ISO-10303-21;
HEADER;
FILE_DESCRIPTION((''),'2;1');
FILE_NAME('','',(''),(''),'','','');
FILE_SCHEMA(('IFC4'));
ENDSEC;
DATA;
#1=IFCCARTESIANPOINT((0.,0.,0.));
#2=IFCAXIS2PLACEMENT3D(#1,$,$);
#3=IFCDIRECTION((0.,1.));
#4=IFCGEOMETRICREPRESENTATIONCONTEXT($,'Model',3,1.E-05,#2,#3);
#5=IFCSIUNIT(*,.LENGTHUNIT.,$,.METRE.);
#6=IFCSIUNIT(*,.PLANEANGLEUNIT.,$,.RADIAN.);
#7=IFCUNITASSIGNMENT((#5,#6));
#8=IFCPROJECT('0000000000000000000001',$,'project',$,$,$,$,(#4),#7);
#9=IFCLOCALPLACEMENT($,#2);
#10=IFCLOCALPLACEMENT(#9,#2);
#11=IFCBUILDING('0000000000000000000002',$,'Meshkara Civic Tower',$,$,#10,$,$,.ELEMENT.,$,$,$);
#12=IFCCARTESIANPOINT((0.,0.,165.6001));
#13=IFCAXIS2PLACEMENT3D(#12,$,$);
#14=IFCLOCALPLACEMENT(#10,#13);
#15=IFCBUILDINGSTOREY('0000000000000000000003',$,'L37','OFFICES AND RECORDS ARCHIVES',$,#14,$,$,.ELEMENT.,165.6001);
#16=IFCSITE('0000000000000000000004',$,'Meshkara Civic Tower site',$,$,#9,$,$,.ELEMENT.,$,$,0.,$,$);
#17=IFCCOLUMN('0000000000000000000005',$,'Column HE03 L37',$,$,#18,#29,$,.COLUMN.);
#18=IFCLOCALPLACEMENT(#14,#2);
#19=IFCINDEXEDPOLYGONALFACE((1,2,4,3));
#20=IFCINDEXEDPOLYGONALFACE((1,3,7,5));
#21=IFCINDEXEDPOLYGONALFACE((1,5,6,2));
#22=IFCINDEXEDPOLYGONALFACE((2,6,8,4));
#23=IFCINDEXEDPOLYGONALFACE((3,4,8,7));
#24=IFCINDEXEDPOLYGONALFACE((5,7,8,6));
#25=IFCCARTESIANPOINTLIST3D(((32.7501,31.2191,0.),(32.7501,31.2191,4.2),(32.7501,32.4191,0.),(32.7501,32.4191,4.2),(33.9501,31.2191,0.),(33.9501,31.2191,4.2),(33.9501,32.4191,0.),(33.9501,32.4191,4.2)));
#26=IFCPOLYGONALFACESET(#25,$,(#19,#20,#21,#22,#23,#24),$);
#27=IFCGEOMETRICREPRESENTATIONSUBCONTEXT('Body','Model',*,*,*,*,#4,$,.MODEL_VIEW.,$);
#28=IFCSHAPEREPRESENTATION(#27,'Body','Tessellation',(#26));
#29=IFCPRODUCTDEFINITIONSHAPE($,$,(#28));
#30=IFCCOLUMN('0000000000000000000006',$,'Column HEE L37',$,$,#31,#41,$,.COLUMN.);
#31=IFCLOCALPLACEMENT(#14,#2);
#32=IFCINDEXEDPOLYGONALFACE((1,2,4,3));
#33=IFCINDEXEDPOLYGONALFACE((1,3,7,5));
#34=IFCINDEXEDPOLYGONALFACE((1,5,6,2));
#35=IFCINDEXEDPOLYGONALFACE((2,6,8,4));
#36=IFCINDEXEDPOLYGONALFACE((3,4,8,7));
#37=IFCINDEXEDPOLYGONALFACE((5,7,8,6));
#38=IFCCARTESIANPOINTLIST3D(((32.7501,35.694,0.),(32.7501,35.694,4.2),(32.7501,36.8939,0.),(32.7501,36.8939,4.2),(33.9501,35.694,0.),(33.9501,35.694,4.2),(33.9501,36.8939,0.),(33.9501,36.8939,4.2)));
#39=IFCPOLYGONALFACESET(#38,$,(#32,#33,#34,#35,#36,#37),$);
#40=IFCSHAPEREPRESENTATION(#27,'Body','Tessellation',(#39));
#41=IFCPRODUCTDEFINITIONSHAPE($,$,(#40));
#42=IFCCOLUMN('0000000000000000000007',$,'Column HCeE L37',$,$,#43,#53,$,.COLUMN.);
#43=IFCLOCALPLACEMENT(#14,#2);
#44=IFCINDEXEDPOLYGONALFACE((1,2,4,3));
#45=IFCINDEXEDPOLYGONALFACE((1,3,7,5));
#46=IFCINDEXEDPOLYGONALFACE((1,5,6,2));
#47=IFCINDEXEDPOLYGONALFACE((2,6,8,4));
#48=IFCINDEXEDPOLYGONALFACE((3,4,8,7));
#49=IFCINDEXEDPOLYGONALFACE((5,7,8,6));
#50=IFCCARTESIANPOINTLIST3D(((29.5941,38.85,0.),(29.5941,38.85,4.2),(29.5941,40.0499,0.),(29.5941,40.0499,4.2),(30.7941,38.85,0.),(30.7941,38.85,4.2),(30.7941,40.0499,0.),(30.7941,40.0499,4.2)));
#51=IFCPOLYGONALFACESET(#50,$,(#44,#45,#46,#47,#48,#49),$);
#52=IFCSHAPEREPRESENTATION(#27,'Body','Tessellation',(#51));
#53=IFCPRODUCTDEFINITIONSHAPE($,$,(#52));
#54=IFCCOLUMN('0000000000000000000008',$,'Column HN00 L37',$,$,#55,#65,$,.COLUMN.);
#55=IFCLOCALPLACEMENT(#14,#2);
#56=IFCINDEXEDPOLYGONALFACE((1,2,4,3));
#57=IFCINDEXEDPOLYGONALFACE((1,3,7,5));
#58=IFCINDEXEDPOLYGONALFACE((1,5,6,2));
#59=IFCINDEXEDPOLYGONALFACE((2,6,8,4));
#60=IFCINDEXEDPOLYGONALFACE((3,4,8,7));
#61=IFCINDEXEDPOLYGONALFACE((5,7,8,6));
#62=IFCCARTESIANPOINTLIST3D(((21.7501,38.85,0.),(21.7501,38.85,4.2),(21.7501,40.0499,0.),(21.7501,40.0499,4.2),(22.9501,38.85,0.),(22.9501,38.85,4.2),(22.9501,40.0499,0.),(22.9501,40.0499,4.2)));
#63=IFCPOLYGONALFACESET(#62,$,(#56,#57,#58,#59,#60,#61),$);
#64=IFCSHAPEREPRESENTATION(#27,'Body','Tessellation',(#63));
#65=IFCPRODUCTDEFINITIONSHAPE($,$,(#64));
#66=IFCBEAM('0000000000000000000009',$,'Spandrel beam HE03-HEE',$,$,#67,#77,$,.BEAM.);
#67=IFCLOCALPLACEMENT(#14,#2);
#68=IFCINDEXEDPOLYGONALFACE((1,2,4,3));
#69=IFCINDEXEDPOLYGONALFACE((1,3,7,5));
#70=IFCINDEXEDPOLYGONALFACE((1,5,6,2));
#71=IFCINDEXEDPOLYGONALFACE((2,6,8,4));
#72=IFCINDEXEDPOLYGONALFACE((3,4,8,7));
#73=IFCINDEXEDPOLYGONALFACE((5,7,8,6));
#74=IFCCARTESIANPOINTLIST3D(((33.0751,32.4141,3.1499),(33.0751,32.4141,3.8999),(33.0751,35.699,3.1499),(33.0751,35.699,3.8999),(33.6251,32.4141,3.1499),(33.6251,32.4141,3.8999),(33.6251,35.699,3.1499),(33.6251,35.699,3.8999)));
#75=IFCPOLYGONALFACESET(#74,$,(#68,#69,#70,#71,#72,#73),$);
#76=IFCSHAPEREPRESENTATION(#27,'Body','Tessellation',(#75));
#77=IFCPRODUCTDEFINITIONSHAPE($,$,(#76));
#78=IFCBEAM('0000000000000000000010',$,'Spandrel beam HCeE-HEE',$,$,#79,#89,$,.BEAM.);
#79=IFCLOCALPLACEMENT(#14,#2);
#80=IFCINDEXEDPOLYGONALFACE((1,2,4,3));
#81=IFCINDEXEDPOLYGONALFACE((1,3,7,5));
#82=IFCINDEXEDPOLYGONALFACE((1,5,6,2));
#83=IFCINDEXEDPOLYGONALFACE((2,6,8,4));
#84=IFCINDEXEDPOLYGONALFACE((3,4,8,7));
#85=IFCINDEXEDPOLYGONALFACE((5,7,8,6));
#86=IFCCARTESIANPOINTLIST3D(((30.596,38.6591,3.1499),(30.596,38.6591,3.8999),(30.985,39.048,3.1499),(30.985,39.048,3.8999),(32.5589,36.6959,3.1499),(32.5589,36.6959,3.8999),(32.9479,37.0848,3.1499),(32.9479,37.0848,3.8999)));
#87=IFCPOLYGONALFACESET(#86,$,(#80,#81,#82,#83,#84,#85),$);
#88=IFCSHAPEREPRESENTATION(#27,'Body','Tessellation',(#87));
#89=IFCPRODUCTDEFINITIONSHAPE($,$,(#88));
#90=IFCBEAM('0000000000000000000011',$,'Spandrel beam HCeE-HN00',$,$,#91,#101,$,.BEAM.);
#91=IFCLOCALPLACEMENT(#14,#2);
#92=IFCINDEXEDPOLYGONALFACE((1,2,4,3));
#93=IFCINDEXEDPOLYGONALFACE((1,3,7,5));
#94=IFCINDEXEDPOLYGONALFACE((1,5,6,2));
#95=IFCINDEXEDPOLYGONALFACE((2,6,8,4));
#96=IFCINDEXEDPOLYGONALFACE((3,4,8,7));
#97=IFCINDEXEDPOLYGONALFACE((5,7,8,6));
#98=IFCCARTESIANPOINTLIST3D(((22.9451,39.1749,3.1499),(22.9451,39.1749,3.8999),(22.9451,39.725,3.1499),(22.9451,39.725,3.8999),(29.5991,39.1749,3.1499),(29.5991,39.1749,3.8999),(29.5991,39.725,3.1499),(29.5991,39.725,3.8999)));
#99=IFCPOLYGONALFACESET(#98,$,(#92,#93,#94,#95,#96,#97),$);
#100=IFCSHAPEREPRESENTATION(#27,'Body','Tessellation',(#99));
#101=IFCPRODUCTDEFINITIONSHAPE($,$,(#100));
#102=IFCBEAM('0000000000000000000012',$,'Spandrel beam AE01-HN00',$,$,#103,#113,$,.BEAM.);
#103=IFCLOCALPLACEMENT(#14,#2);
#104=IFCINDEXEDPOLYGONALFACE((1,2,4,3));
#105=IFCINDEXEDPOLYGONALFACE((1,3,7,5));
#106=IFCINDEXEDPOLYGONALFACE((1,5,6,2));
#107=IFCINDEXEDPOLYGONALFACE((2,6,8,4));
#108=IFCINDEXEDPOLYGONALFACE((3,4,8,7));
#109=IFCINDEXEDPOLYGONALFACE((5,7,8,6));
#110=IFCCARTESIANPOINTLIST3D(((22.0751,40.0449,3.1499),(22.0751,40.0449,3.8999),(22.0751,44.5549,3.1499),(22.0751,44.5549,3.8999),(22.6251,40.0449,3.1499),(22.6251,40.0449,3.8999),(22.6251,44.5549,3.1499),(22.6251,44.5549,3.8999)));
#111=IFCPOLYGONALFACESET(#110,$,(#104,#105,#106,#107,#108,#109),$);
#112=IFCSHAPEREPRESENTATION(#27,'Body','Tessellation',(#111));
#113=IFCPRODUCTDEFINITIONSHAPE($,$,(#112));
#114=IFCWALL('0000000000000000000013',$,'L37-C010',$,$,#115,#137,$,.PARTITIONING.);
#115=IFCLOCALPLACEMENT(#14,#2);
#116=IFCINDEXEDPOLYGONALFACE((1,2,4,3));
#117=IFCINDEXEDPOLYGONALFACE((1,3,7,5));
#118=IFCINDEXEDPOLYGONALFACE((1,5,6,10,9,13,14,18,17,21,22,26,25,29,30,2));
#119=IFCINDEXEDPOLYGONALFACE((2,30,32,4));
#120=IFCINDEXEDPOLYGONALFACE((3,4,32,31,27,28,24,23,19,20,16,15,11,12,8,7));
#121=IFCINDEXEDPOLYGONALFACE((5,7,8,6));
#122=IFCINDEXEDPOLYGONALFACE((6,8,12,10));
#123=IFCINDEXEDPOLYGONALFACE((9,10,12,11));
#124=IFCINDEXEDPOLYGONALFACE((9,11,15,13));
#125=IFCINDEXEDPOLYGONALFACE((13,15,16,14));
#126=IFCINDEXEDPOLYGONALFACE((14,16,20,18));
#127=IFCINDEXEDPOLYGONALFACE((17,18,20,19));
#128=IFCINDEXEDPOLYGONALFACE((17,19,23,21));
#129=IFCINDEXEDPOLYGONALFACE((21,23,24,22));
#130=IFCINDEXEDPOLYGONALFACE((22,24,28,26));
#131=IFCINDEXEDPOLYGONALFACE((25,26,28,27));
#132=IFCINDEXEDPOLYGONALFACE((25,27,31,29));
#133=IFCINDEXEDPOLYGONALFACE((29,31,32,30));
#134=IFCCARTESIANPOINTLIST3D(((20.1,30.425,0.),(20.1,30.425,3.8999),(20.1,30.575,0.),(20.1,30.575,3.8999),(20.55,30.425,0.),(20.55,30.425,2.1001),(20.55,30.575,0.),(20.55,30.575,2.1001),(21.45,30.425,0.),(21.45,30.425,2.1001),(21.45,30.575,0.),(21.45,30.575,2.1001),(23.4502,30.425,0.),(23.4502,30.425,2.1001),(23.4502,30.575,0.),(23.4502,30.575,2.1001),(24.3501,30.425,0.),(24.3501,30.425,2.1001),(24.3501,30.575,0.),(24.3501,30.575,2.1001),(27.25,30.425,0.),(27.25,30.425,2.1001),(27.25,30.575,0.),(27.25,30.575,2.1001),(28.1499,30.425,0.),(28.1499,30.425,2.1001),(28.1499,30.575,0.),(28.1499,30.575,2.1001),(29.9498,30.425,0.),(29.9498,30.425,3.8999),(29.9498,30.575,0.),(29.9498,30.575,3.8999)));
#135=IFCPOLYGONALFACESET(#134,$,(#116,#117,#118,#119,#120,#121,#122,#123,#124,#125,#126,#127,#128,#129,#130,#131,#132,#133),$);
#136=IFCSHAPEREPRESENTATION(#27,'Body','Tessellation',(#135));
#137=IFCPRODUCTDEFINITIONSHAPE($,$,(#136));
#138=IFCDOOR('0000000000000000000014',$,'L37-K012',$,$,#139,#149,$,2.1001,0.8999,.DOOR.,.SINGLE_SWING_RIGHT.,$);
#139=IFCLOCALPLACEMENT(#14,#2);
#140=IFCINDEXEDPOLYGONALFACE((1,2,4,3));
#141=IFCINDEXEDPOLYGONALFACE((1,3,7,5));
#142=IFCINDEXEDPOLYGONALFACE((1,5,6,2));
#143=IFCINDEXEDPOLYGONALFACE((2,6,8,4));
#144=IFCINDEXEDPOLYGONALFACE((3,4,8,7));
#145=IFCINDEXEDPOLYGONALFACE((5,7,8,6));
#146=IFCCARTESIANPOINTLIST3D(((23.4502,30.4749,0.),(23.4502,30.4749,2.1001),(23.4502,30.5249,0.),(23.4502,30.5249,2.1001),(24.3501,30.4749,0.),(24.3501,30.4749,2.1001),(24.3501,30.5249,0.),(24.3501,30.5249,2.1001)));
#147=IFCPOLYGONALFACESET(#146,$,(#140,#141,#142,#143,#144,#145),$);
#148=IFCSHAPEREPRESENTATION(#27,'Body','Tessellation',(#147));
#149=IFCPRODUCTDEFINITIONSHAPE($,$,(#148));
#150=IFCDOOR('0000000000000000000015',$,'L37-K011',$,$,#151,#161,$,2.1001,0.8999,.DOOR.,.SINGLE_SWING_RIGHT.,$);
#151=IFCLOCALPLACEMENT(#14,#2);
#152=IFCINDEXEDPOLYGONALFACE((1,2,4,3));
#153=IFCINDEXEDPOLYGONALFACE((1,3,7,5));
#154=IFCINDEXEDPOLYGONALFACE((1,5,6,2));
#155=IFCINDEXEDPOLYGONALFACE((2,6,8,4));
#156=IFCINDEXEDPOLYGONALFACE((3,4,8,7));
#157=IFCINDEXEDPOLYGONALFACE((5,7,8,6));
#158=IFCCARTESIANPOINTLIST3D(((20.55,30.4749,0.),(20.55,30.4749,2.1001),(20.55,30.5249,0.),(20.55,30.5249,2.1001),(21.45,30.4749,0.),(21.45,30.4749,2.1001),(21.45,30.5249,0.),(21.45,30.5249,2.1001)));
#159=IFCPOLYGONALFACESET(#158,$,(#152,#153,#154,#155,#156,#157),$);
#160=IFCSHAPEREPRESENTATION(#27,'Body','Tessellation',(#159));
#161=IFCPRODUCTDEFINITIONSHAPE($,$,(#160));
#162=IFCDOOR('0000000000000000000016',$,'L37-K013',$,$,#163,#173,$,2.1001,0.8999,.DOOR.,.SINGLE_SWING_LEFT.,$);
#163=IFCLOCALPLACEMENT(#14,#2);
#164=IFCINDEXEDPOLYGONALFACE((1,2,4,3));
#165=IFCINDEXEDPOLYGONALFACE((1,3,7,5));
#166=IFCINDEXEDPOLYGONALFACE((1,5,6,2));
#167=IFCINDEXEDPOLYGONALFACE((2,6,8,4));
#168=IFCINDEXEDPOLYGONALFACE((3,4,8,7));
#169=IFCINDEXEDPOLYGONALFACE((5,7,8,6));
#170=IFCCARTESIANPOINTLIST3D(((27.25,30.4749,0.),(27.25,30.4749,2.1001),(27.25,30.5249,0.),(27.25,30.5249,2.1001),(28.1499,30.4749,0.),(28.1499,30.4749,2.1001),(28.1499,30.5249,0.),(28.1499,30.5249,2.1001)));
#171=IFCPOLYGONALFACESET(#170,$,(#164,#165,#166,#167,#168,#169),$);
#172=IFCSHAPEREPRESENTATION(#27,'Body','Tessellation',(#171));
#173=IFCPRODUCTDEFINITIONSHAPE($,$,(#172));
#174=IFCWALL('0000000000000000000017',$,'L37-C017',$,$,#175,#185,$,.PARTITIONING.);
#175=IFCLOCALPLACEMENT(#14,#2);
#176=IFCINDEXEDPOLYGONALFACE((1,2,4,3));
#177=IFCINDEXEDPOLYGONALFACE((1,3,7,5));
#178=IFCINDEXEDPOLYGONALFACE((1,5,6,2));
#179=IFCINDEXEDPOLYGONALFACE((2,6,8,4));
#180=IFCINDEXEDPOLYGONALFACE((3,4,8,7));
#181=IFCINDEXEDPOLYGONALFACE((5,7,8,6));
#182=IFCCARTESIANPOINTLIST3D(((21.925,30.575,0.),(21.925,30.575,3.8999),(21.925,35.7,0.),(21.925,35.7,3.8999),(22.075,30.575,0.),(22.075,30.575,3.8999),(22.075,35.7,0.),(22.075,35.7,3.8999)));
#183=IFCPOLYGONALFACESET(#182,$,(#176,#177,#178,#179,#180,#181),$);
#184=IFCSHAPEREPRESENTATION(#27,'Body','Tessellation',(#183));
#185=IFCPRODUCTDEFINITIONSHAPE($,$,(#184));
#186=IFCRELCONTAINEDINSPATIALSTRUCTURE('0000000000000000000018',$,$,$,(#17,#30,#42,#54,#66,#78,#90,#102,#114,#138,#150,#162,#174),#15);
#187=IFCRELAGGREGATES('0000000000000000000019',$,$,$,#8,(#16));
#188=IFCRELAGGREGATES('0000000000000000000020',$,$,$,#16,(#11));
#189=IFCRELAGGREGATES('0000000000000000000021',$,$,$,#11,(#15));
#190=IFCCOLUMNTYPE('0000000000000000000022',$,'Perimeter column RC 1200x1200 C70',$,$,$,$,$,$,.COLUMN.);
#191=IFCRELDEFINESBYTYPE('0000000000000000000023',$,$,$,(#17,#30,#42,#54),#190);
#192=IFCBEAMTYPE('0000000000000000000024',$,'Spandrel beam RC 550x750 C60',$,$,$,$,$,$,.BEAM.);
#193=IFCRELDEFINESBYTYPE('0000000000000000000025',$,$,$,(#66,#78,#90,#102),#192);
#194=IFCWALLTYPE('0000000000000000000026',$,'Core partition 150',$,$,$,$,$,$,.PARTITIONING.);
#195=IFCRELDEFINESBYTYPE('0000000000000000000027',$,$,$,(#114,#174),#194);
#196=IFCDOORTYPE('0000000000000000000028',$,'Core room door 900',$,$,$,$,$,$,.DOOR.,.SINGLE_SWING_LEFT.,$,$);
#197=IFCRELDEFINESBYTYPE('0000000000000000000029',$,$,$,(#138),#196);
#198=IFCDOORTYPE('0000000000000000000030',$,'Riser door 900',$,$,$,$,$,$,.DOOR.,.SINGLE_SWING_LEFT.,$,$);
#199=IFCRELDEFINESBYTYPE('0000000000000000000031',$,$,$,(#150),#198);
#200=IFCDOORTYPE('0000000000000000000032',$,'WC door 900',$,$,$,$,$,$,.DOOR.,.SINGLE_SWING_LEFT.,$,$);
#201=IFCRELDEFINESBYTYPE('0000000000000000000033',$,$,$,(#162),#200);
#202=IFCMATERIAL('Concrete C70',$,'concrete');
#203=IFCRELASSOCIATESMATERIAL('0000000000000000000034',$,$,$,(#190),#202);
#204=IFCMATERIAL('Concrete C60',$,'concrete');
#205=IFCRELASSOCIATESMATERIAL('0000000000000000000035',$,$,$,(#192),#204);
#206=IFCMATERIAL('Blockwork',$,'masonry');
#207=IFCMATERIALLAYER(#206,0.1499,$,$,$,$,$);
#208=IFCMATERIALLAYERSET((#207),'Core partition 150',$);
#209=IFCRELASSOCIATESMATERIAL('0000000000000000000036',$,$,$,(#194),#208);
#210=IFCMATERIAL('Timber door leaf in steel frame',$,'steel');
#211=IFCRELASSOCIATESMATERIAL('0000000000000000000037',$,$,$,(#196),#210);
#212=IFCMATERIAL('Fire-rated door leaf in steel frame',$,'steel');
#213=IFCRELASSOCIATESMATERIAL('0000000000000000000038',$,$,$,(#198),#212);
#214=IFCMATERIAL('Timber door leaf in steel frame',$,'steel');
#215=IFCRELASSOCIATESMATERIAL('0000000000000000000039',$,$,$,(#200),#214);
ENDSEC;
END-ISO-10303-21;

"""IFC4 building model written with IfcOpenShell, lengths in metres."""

from ifc_helpers import new_model, si_unit, direction, frame, frame_2d, origin, origin_2d, place, context, subcontext, project, spatial, rectangle, extrude, material, layer, layer_set, material_profile, profile_set, type_object, element, fill, save


model = new_model("IFC4")

# Units and contexts
model_context = context("Model", 3, precision=1e-05, world=origin(), true_north=direction((0.0, 1.0)))
body_context = subcontext(model_context, "Body", "Model", "MODEL_VIEW")
ifc_project = project(units=[si_unit("LENGTHUNIT", "METRE"), si_unit("PLANEANGLEUNIT", "RADIAN")], contexts=[model_context])

# Site, building, storey
site_placement = place(None, origin())
site = spatial("IfcSite", under=ifc_project, at=site_placement, Name="Meshkara Civic Tower site", CompositionType="ELEMENT", RefElevation=0.0)
building_placement = place(site_placement, origin())
building = spatial("IfcBuilding", under=site, at=building_placement, Name="Meshkara Civic Tower", CompositionType="ELEMENT")
storey_placement = place(building_placement, frame((0.0, 0.0, 165.6001)))
storey = spatial("IfcBuildingStorey", under=building, at=storey_placement, Name="L37", Description="OFFICES AND RECORDS ARCHIVES", CompositionType="ELEMENT", Elevation=165.6001)

# Columns
ifc_material_1 = material(Name="Concrete C70", Category="concrete")
ifc_material_profile_1 = material_profile(ifc_material_1, rectangle(XDim=1.2, YDim=1.2, at=origin_2d()))
ifc_profile_set_1 = profile_set([ifc_material_profile_1], Name="Concrete C70")
column_type = type_object("IfcColumnType", Name="Perimeter column RC 1200x1200 C70", PredefinedType="COLUMN", material=ifc_profile_set_1)
for number, where, z_axis, x_axis, name in (
    (1, (33.3501, 31.8191, 0.0), (0.0, 0.0, 1.0), (1.0, 0.0, 0.0), "Column HE03 L37"),
    (2, (33.3501, 36.2939, 0.0), (0.0, 0.0, 1.0), (1.0, 0.0, 0.0), "Column HEE L37"),
    (3, (30.1941, 39.45, 0.0), (0.0, 0.0, 1.0), (1.0, 0.0, 0.0), "Column HCeE L37"),
    (4, (22.3501, 39.45, 0.0), (0.0, 0.0, 1.0), (1.0, 0.0, 0.0), "Column HN00 L37"),
):
    element("IfcColumn", number, at=place(storey_placement, frame(where, z_axis=z_axis, x_axis=x_axis)), inside=storey, type_object=column_type, Name=name, PredefinedType="COLUMN", context=body_context, shape_type="SweptSolid", body=[
        extrude(rectangle(XDim=1.2, YDim=1.2, at=origin_2d()), origin(), (0.0, 0.0, 1.0), 4.2),
    ])

# Beams
ifc_material_2 = material(Name="Concrete C60", Category="concrete")
ifc_material_profile_2 = material_profile(ifc_material_2, rectangle(XDim=0.55, YDim=0.75, at=origin_2d()))
ifc_profile_set_2 = profile_set([ifc_material_profile_2], Name="Concrete C60")
beam_type = type_object("IfcBeamType", Name="Spandrel beam RC 550x750 C60", PredefinedType="BEAM", material=ifc_profile_set_2)
beam_1_placement = place(storey_placement, frame((33.3501, 32.4141, 3.5249), z_axis=(0.0, 1.0, 0.0), x_axis=(-1.0, 0.0, 0.0)))
element("IfcBeam", 5, at=beam_1_placement, inside=storey, type_object=beam_type, Name="Spandrel beam HE03-HEE", PredefinedType="BEAM", context=body_context, shape_type="SweptSolid", body=[
    extrude(rectangle(XDim=0.55, YDim=0.75, at=origin_2d()), origin(), (0.0, 0.0, 1.0), 3.2849),
])
beam_2_placement = place(storey_placement, frame((32.7534, 36.8904, 3.5249), z_axis=(-0.707063, 0.707151, 0.0), x_axis=(-0.707151, -0.707063, 0.0)))
element("IfcBeam", 6, at=beam_2_placement, inside=storey, type_object=beam_type, Name="Spandrel beam HCeE-HEE", PredefinedType="BEAM", context=body_context, shape_type="SweptSolid", body=[
    extrude(rectangle(XDim=0.55, YDim=0.75, at=origin_2d()), origin(), (0.0, 0.0, 1.0), 2.7761),
])
beam_3_placement = place(storey_placement, frame((29.5991, 39.45, 3.5249), z_axis=(-1.0, 0.0, 0.0), x_axis=(0.0, -1.0, 0.0)))
element("IfcBeam", 7, at=beam_3_placement, inside=storey, type_object=beam_type, Name="Spandrel beam HCeE-HN00", PredefinedType="BEAM", context=body_context, shape_type="SweptSolid", body=[
    extrude(rectangle(XDim=0.55, YDim=0.75, at=origin_2d()), origin(), (0.0, 0.0, 1.0), 6.6541),
])
beam_4_placement = place(storey_placement, frame((22.3501, 40.0449, 3.5249), z_axis=(0.0, 1.0, 0.0), x_axis=(-1.0, 0.0, 0.0)))
element("IfcBeam", 8, at=beam_4_placement, inside=storey, type_object=beam_type, Name="Spandrel beam AE01-HN00", PredefinedType="BEAM", context=body_context, shape_type="SweptSolid", body=[
    extrude(rectangle(XDim=0.55, YDim=0.75, at=origin_2d()), origin(), (0.0, 0.0, 1.0), 4.51),
])

# Wall, openings, doors
ifc_material_3 = material(Name="Blockwork", Category="masonry")
ifc_layer_1 = layer(ifc_material_3, 0.1499)
ifc_layer_set_1 = layer_set([ifc_layer_1], Name="Core partition 150")
wall_type_1 = type_object("IfcWallType", Name="Core partition 150", PredefinedType="PARTITIONING", material=ifc_layer_set_1)
wall_1_placement = place(storey_placement, frame((20.1001, 30.5, 0.0), z_axis=(0.0, 0.0, 1.0), x_axis=(1.0, 0.0, 0.0)))
wall_1 = element("IfcWall", 9, at=wall_1_placement, inside=storey, type_object=wall_type_1, Name="L37-C010", PredefinedType="PARTITIONING", context=body_context, shape_type="SweptSolid", body=[
    extrude(rectangle(XDim=9.8499, YDim=0.1499, at=frame_2d((4.9248, 0.0))), origin(), (0.0, 0.0, 1.0), 3.8999),
])
opening_1_placement = place(wall_1_placement, frame((0.45, 0.0, 0.0)))
opening_1 = element("IfcOpeningElement", 10, at=opening_1_placement, cuts=wall_1, PredefinedType="OPENING", context=body_context, shape_type="SweptSolid", body=[
    extrude(rectangle(XDim=0.8999, YDim=2.1001, at=frame_2d((0.45, 1.05))), frame((0.0, 0.085, 0.0), z_axis=(0.0, -1.0, 0.0), x_axis=(1.0, 0.0, 0.0)), (0.0, 0.0, 1.0), 0.1699),
])
opening_2_placement = place(wall_1_placement, frame((3.3501, 0.0, 0.0)))
opening_2 = element("IfcOpeningElement", 11, at=opening_2_placement, cuts=wall_1, PredefinedType="OPENING", context=body_context, shape_type="SweptSolid", body=[
    extrude(rectangle(XDim=0.8999, YDim=2.1001, at=frame_2d((0.45, 1.05))), frame((0.0, 0.085, 0.0), z_axis=(0.0, -1.0, 0.0), x_axis=(1.0, 0.0, 0.0)), (0.0, 0.0, 1.0), 0.1699),
])
opening_3_placement = place(wall_1_placement, frame((7.1499, 0.0, 0.0)))
opening_3 = element("IfcOpeningElement", 12, at=opening_3_placement, cuts=wall_1, PredefinedType="OPENING", context=body_context, shape_type="SweptSolid", body=[
    extrude(rectangle(XDim=0.8999, YDim=2.1001, at=frame_2d((0.45, 1.05))), frame((0.0, 0.085, 0.0), z_axis=(0.0, -1.0, 0.0), x_axis=(1.0, 0.0, 0.0)), (0.0, 0.0, 1.0), 0.1699),
])
ifc_material_4 = material(Name="Timber door leaf in steel frame", Category="steel")
door_type_1 = type_object("IfcDoorType", Name="Core room door 900", OperationType="SINGLE_SWING_LEFT", PredefinedType="DOOR", material=ifc_material_4)
door_1_placement = place(opening_2_placement, origin())
door_1 = element("IfcDoor", 13, at=door_1_placement, inside=storey, type_object=door_type_1, Name="L37-K012", OperationType="SINGLE_SWING_RIGHT", OverallHeight=2.1001, OverallWidth=0.8999, PredefinedType="DOOR", context=body_context, shape_type="SweptSolid", body=[
    extrude(rectangle(XDim=0.8999, YDim=2.1001, at=frame_2d((0.45, 1.05))), frame((0.0, 0.0249, 0.0), z_axis=(0.0, -1.0, 0.0), x_axis=(1.0, 0.0, 0.0)), (0.0, 0.0, 1.0), 0.05),
])
fill(opening_2, door_1)
ifc_material_5 = material(Name="Fire-rated door leaf in steel frame", Category="steel")
door_type_2 = type_object("IfcDoorType", Name="Riser door 900", OperationType="SINGLE_SWING_LEFT", PredefinedType="DOOR", material=ifc_material_5)
door_2_placement = place(opening_1_placement, origin())
door_2 = element("IfcDoor", 14, at=door_2_placement, inside=storey, type_object=door_type_2, Name="L37-K011", OperationType="SINGLE_SWING_RIGHT", OverallHeight=2.1001, OverallWidth=0.8999, PredefinedType="DOOR", context=body_context, shape_type="SweptSolid", body=[
    extrude(rectangle(XDim=0.8999, YDim=2.1001, at=frame_2d((0.45, 1.05))), frame((0.0, 0.0249, 0.0), z_axis=(0.0, -1.0, 0.0), x_axis=(1.0, 0.0, 0.0)), (0.0, 0.0, 1.0), 0.05),
])
fill(opening_1, door_2)
ifc_material_6 = material(Name="Timber door leaf in steel frame", Category="steel")
door_type_3 = type_object("IfcDoorType", Name="WC door 900", OperationType="SINGLE_SWING_LEFT", PredefinedType="DOOR", material=ifc_material_6)
door_3_placement = place(opening_3_placement, origin())
door_3 = element("IfcDoor", 15, at=door_3_placement, inside=storey, type_object=door_type_3, Name="L37-K013", OperationType="SINGLE_SWING_LEFT", OverallHeight=2.1001, OverallWidth=0.8999, PredefinedType="DOOR", context=body_context, shape_type="SweptSolid", body=[
    extrude(rectangle(XDim=0.8999, YDim=2.1001, at=frame_2d((0.45, 1.05))), frame((0.0, 0.0249, 0.0), z_axis=(0.0, -1.0, 0.0), x_axis=(1.0, 0.0, 0.0)), (0.0, 0.0, 1.0), 0.05),
])
fill(opening_3, door_3)

# Wall
for number, where, z_axis, x_axis, name in (
    (16, (22.0, 30.575, 0.0), (0.0, 0.0, 1.0), (0.0, 1.0, 0.0), "L37-C017"),
):
    element("IfcWall", number, at=place(storey_placement, frame(where, z_axis=z_axis, x_axis=x_axis)), inside=storey, type_object=wall_type_1, Name=name, PredefinedType="PARTITIONING", context=body_context, shape_type="SweptSolid", body=[
        extrude(rectangle(XDim=5.125, YDim=0.1499, at=frame_2d((2.5625, 0.0))), origin(), (0.0, 0.0, 1.0), 3.8999),
    ])

save(model, "model.ifc")
